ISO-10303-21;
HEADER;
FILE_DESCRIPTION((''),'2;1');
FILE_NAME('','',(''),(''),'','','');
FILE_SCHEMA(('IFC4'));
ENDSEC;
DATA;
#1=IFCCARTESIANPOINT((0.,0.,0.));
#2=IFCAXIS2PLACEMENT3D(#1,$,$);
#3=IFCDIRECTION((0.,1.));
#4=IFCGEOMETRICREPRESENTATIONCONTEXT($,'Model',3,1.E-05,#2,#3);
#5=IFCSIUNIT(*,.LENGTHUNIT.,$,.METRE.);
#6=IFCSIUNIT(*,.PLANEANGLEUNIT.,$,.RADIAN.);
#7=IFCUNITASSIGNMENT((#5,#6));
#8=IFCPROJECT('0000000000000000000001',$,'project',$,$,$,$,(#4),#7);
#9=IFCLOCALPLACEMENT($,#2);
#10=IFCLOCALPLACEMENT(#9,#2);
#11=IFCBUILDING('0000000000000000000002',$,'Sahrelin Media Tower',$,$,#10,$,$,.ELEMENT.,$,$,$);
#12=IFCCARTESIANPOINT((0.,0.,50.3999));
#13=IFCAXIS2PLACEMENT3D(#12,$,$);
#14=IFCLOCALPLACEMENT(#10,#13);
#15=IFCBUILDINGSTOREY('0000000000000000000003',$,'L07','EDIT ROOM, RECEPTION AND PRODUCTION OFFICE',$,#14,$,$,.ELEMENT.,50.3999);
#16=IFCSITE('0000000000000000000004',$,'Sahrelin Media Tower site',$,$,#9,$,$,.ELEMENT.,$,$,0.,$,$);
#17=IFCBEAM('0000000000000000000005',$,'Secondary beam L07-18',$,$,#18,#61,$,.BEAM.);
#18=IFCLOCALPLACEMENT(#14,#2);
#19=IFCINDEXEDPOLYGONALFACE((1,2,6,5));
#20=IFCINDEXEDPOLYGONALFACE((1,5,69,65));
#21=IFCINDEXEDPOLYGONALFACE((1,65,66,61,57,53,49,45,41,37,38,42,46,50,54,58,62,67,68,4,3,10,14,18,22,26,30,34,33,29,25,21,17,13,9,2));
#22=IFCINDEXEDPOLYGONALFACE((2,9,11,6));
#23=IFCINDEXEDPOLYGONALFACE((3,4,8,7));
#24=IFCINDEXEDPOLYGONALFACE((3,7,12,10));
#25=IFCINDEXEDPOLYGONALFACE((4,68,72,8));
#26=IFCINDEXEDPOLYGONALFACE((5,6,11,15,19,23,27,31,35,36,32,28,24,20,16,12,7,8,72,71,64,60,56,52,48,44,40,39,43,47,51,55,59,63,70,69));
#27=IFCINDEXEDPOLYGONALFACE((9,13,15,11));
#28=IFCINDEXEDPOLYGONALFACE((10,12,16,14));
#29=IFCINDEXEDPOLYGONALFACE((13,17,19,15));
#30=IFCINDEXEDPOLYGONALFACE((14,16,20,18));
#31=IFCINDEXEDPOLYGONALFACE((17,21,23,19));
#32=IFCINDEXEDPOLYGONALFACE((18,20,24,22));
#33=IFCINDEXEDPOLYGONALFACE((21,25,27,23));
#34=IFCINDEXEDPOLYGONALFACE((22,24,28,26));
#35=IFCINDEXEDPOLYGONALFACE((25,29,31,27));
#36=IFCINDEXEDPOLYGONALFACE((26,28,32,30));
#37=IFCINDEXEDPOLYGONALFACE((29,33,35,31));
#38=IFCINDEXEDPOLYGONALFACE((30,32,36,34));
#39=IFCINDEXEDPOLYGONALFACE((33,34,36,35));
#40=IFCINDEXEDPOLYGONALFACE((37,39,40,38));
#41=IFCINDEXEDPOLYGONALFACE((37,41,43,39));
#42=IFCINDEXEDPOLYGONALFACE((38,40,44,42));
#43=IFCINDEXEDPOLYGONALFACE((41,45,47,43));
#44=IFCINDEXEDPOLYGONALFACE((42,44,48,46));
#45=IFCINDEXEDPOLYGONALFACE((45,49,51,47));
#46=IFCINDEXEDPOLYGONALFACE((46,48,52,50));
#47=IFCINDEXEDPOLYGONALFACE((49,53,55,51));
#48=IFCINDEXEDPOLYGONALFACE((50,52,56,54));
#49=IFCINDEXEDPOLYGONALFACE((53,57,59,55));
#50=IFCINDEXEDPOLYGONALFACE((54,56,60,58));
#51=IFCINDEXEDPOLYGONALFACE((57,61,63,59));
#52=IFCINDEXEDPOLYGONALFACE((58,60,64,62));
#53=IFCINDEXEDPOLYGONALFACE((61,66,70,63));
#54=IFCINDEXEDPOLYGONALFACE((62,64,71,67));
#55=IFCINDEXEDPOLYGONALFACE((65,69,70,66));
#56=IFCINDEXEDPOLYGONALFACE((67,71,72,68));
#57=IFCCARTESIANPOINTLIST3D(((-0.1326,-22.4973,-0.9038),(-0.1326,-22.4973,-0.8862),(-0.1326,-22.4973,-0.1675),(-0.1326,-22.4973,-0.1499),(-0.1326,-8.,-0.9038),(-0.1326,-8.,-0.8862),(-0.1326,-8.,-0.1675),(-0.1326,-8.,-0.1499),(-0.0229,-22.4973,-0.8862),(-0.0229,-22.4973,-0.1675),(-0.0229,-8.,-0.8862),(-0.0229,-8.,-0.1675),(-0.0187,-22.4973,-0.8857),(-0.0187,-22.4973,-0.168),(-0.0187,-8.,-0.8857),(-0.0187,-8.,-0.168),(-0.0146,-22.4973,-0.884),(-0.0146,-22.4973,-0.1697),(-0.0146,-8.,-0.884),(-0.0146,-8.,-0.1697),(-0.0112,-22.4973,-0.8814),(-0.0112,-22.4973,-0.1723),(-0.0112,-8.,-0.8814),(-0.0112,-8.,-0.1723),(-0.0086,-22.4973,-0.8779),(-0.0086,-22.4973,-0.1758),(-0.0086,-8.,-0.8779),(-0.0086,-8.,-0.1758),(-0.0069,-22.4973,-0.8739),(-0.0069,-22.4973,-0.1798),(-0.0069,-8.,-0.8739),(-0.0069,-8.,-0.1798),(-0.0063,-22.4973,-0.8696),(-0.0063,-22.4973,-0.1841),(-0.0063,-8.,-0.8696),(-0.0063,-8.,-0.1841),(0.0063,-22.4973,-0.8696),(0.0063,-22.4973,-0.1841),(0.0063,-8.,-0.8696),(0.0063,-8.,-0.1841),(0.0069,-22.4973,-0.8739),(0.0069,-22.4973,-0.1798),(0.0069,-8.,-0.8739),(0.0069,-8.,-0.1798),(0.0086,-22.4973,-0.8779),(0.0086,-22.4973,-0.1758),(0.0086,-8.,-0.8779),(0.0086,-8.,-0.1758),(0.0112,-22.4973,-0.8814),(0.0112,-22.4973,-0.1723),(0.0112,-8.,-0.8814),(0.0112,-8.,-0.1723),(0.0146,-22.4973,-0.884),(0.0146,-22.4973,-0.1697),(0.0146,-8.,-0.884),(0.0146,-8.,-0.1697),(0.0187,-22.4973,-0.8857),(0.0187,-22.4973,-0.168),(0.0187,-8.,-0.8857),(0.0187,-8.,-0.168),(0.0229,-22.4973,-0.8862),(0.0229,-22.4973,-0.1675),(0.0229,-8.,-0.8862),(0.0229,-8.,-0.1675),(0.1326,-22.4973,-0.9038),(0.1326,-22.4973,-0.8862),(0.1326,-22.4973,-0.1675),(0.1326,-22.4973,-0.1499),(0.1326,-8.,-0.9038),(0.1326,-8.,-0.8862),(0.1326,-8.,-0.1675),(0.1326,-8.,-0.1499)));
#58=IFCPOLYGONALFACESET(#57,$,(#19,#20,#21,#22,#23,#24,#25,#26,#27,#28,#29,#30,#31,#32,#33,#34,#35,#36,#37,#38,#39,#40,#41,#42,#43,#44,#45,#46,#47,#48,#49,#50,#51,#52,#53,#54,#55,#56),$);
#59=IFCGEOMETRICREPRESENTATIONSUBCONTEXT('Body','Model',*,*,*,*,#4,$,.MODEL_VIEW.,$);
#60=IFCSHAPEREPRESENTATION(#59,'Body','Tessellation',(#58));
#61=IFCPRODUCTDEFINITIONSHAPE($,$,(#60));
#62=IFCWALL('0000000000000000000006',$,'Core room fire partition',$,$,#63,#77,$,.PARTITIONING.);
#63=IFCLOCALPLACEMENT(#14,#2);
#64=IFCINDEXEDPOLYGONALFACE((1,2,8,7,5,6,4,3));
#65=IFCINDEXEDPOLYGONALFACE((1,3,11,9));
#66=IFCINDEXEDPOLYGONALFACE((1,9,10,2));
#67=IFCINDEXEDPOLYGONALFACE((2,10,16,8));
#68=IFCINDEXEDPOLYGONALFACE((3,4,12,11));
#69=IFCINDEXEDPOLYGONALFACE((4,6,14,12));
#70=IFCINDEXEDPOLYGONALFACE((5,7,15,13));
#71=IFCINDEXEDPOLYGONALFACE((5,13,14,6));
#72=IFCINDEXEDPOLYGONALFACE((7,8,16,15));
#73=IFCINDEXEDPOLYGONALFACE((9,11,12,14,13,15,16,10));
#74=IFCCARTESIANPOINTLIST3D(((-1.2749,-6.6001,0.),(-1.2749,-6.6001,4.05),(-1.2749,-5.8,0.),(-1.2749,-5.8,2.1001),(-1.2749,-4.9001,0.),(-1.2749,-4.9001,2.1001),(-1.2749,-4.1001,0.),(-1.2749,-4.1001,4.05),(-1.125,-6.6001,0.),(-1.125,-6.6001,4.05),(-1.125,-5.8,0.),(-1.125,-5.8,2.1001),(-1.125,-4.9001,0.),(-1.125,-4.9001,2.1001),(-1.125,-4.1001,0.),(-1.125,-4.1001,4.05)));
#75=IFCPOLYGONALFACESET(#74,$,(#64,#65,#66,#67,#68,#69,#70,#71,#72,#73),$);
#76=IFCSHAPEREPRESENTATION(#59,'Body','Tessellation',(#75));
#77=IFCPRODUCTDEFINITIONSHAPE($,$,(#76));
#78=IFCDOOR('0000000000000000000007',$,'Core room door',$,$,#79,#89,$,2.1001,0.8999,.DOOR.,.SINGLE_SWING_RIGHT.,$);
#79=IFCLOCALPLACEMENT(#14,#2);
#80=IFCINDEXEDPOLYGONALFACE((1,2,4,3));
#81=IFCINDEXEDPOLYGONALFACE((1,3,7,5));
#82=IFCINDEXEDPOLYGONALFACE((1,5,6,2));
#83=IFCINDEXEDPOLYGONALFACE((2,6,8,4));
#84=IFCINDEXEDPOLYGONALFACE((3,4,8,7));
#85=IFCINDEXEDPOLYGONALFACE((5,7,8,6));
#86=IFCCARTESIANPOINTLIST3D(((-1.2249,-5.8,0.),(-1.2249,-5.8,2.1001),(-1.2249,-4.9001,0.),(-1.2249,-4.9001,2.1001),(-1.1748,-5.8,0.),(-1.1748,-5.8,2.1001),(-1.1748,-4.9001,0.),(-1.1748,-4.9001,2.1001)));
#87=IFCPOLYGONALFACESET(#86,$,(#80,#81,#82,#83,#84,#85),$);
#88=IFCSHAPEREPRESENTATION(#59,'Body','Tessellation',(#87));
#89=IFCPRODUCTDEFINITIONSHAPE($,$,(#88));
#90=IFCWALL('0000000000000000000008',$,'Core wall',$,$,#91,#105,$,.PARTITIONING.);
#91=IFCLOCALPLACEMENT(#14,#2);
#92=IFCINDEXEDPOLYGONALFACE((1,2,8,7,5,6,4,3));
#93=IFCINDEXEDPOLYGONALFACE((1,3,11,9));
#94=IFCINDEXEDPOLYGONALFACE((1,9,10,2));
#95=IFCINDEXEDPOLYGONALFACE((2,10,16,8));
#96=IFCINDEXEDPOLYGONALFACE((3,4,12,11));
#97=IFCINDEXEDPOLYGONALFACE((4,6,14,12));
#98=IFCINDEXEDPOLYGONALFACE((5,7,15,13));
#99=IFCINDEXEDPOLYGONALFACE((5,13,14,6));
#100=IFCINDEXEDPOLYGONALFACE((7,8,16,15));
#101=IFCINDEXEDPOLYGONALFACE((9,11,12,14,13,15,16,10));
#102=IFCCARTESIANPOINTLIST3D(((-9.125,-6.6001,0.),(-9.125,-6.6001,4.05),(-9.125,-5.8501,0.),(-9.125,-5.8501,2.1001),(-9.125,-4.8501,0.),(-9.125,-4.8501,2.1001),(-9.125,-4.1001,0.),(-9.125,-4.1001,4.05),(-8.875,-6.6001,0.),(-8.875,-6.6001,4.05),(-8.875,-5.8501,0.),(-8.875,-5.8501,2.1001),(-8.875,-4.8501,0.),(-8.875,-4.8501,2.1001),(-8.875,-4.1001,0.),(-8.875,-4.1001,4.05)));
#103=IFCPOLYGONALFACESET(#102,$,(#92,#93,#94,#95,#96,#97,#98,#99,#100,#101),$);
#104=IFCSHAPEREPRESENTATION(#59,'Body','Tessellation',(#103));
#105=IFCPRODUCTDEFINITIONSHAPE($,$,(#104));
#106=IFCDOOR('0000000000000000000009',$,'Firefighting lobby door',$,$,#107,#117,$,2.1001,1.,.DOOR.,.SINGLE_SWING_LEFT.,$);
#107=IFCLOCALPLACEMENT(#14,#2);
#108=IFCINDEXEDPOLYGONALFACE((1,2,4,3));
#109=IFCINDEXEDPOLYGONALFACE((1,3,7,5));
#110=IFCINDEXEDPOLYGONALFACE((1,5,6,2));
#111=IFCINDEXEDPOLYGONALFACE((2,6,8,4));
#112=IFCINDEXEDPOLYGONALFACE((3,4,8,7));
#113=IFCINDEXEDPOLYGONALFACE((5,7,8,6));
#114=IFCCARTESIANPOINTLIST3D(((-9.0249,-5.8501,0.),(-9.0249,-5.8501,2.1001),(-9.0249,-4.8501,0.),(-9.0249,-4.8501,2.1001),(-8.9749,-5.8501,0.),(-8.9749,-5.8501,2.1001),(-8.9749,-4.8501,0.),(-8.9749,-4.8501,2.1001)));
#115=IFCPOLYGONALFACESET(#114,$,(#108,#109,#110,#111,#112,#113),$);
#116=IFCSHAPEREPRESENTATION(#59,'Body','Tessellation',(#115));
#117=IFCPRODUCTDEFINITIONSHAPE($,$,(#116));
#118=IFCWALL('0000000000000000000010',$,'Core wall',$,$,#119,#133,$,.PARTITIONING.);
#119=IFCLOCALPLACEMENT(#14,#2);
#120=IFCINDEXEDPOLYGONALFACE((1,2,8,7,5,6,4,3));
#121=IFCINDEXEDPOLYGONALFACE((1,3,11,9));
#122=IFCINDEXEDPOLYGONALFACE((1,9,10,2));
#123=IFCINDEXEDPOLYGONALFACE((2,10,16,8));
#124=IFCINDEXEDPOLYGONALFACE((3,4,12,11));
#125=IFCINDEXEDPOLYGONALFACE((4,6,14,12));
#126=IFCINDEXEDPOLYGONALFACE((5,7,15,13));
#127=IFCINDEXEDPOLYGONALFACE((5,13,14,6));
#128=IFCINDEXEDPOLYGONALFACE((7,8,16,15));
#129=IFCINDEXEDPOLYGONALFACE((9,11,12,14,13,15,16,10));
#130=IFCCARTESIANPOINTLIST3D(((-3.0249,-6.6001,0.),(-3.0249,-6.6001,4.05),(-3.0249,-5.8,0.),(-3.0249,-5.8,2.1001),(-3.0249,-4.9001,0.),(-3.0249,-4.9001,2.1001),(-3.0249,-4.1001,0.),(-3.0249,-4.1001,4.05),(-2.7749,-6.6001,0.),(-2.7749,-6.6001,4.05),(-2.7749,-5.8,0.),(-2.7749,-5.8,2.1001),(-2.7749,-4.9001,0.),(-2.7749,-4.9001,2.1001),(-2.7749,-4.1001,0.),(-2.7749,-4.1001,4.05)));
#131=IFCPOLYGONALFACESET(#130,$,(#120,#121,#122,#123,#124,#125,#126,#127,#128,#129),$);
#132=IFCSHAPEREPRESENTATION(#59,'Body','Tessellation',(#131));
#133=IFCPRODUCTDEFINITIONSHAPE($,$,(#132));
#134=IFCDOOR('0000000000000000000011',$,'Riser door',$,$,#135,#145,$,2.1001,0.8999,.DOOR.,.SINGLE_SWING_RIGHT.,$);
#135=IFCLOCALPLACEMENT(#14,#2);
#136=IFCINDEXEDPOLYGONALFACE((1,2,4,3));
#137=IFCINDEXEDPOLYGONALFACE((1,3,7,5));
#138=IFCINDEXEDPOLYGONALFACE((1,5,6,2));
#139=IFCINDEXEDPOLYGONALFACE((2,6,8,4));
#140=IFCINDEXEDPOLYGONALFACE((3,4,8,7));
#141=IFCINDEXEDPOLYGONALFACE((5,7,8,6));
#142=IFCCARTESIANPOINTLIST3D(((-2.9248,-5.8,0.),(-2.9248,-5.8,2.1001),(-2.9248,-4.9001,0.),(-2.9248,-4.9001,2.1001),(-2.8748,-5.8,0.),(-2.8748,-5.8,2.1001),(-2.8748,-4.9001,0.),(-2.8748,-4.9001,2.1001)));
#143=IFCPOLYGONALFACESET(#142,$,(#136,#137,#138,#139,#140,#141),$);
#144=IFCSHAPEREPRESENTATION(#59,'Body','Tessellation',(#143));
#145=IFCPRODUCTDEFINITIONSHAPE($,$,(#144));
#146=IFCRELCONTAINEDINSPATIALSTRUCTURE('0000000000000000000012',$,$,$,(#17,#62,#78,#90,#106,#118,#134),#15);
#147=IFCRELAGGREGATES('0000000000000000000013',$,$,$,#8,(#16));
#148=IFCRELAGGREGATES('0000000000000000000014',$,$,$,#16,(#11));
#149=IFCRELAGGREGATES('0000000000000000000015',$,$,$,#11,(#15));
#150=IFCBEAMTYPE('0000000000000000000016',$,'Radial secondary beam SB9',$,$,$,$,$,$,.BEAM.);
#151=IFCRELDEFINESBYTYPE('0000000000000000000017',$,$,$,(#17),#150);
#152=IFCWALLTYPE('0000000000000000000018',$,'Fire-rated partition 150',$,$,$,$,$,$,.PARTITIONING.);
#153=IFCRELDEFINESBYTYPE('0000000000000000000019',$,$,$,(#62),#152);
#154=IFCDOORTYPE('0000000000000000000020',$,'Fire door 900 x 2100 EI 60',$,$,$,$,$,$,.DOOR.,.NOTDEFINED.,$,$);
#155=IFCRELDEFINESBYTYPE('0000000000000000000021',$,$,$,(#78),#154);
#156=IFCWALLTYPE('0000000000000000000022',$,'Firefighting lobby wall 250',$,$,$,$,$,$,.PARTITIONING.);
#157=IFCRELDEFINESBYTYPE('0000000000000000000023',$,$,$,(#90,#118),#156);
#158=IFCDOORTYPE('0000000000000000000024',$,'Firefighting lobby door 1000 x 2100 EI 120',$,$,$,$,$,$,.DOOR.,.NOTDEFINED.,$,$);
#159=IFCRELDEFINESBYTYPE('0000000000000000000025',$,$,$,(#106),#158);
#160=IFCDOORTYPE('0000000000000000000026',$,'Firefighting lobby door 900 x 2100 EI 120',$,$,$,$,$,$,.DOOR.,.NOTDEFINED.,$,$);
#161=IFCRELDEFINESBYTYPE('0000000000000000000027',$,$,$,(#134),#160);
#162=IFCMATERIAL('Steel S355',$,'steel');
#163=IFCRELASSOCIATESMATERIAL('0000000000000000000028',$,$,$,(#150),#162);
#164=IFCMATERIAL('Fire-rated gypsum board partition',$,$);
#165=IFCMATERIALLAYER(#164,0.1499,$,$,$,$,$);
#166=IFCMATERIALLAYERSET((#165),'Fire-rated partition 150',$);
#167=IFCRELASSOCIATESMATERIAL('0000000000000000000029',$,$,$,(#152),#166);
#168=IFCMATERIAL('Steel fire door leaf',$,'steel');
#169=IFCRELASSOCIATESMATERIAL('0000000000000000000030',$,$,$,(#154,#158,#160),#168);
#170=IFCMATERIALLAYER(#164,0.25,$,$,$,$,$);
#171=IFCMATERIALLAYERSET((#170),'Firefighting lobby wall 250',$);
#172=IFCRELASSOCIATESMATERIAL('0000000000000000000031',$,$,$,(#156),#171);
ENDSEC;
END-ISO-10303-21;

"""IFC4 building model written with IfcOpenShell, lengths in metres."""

from ifc_helpers import new_model, si_unit, direction, frame, frame_2d, origin, origin_2d, place, context, subcontext, project, spatial, rectangle, i_section, extrude, material, layer, layer_set, material_profile, profile_set, type_object, element, fill, save


model = new_model("IFC4")

# Units and contexts
model_context = context("Model", 3, precision=1e-05, world=origin(), true_north=direction((0.0, 1.0)))
body_context = subcontext(model_context, "Body", "Model", "MODEL_VIEW")
ifc_project = project(units=[si_unit("LENGTHUNIT", "METRE"), si_unit("PLANEANGLEUNIT", "RADIAN")], contexts=[model_context])

# Site, building, storey
site_placement = place(None, origin())
site = spatial("IfcSite", under=ifc_project, at=site_placement, Name="Sahrelin Media Tower site", CompositionType="ELEMENT", RefElevation=0.0)
building_placement = place(site_placement, origin())
building = spatial("IfcBuilding", under=site, at=building_placement, Name="Sahrelin Media Tower", CompositionType="ELEMENT")
storey_placement = place(building_placement, frame((0.0, 0.0, 50.3999)))
storey = spatial("IfcBuildingStorey", under=building, at=storey_placement, Name="L07", Description="EDIT ROOM, RECEPTION AND PRODUCTION OFFICE", CompositionType="ELEMENT", Elevation=50.3999)

# Beam
ifc_material_1 = material(Name="Steel S355", Category="steel")
ifc_material_profile_1 = material_profile(ifc_material_1, i_section(OverallWidth=0.2651, OverallDepth=0.7539, WebThickness=0.0127, FlangeThickness=0.0176, FilletRadius=0.0166, at=origin_2d()), Name="UB 762x267x147")
ifc_profile_set_1 = profile_set([ifc_material_profile_1], Name="Steel S355")
beam_type_1 = type_object("IfcBeamType", Name="Radial secondary beam SB9", PredefinedType="BEAM", material=ifc_profile_set_1)
beam_1_placement = place(storey_placement, frame((0.0, -8.0, -0.5269), z_axis=(0.0, -1.0, 0.0), x_axis=(1.0, 0.0, 0.0)))
element("IfcBeam", 1, at=beam_1_placement, inside=storey, type_object=beam_type_1, Name="Secondary beam L07-18", PredefinedType="BEAM", context=body_context, shape_type="SweptSolid", body=[
    extrude(i_section(OverallWidth=0.2651, OverallDepth=0.7539, WebThickness=0.0127, FlangeThickness=0.0176, FilletRadius=0.0166, at=origin_2d()), origin(), (0.0, 0.0, 1.0), 14.4973),
])

# Walls, openings, doors
ifc_material_2 = material(Name="Fire-rated gypsum board partition")
ifc_layer_1 = layer(ifc_material_2, 0.1499)
ifc_layer_set_1 = layer_set([ifc_layer_1], Name="Fire-rated partition 150")
wall_type_1 = type_object("IfcWallType", Name="Fire-rated partition 150", PredefinedType="PARTITIONING", material=ifc_layer_set_1)
wall_1_placement = place(storey_placement, frame((-1.2, -6.6001, 0.0), z_axis=(0.0, 0.0, 1.0), x_axis=(0.0, 1.0, 0.0)))
wall_1 = element("IfcWall", 2, at=wall_1_placement, inside=storey, type_object=wall_type_1, Name="Core room fire partition", PredefinedType="PARTITIONING", context=body_context, shape_type="SweptSolid", body=[
    extrude(rectangle(XDim=2.5, YDim=0.1499, at=frame_2d((1.25, 0.0))), origin(), (0.0, 0.0, 1.0), 4.05),
])
opening_1_placement = place(wall_1_placement, frame((0.8, 0.0, 0.0)))
opening_1 = element("IfcOpeningElement", 3, at=opening_1_placement, cuts=wall_1, PredefinedType="OPENING", context=body_context, shape_type="SweptSolid", body=[
    extrude(rectangle(XDim=0.8999, YDim=2.1001, at=frame_2d((0.45, 1.05))), frame((0.0, 0.075, 0.0), z_axis=(0.0, -1.0, 0.0), x_axis=(1.0, 0.0, 0.0)), (0.0, 0.0, 1.0), 0.1499),
])
ifc_material_3 = material(Name="Steel fire door leaf", Category="steel")
door_type_1 = type_object("IfcDoorType", Name="Fire door 900 x 2100 EI 60", OperationType="NOTDEFINED", PredefinedType="DOOR", material=ifc_material_3)
door_1_placement = place(opening_1_placement, origin())
door_1 = element("IfcDoor", 4, at=door_1_placement, inside=storey, type_object=door_type_1, Name="Core room door", OperationType="SINGLE_SWING_RIGHT", OverallHeight=2.1001, OverallWidth=0.8999, PredefinedType="DOOR", context=body_context, shape_type="SweptSolid", body=[
    extrude(rectangle(XDim=0.8999, YDim=2.1001, at=frame_2d((0.45, 1.05))), frame((0.0, 0.0249, 0.0), z_axis=(0.0, -1.0, 0.0), x_axis=(1.0, 0.0, 0.0)), (0.0, 0.0, 1.0), 0.05),
])
fill(opening_1, door_1)
ifc_layer_2 = layer(ifc_material_2, 0.25)
ifc_layer_set_2 = layer_set([ifc_layer_2], Name="Firefighting lobby wall 250")
wall_type_2 = type_object("IfcWallType", Name="Firefighting lobby wall 250", PredefinedType="PARTITIONING", material=ifc_layer_set_2)
wall_2_placement = place(storey_placement, frame((-9.0, -6.6001, 0.0), z_axis=(0.0, 0.0, 1.0), x_axis=(0.0, 1.0, 0.0)))
wall_2 = element("IfcWall", 5, at=wall_2_placement, inside=storey, type_object=wall_type_2, Name="Core wall", PredefinedType="PARTITIONING", context=body_context, shape_type="SweptSolid", body=[
    extrude(rectangle(XDim=2.5, YDim=0.25, at=frame_2d((1.25, 0.0))), origin(), (0.0, 0.0, 1.0), 4.05),
])
opening_2_placement = place(wall_2_placement, frame((0.75, 0.0, 0.0)))
opening_2 = element("IfcOpeningElement", 6, at=opening_2_placement, cuts=wall_2, PredefinedType="OPENING", context=body_context, shape_type="SweptSolid", body=[
    extrude(rectangle(XDim=1.0, YDim=2.1001, at=frame_2d((0.5, 1.05))), frame((0.0, 0.125, 0.0), z_axis=(0.0, -1.0, 0.0), x_axis=(1.0, 0.0, 0.0)), (0.0, 0.0, 1.0), 0.25),
])
door_type_2 = type_object("IfcDoorType", Name="Firefighting lobby door 1000 x 2100 EI 120", OperationType="NOTDEFINED", PredefinedType="DOOR", material=ifc_material_3)
door_2_placement = place(opening_2_placement, origin())
door_2 = element("IfcDoor", 7, at=door_2_placement, inside=storey, type_object=door_type_2, Name="Firefighting lobby door", OperationType="SINGLE_SWING_LEFT", OverallHeight=2.1001, OverallWidth=1.0, PredefinedType="DOOR", context=body_context, shape_type="SweptSolid", body=[
    extrude(rectangle(XDim=1.0, YDim=2.1001, at=frame_2d((0.5, 1.05))), frame((0.0, 0.0249, 0.0), z_axis=(0.0, -1.0, 0.0), x_axis=(1.0, 0.0, 0.0)), (0.0, 0.0, 1.0), 0.05),
])
fill(opening_2, door_2)
wall_3_placement = place(storey_placement, frame((-2.8999, -6.6001, 0.0), z_axis=(0.0, 0.0, 1.0), x_axis=(0.0, 1.0, 0.0)))
wall_3 = element("IfcWall", 8, at=wall_3_placement, inside=storey, type_object=wall_type_2, Name="Core wall", PredefinedType="PARTITIONING", context=body_context, shape_type="SweptSolid", body=[
    extrude(rectangle(XDim=2.5, YDim=0.25, at=frame_2d((1.25, 0.0))), origin(), (0.0, 0.0, 1.0), 4.05),
])
opening_3_placement = place(wall_3_placement, frame((0.8, 0.0, 0.0)))
opening_3 = element("IfcOpeningElement", 9, at=opening_3_placement, cuts=wall_3, PredefinedType="OPENING", context=body_context, shape_type="SweptSolid", body=[
    extrude(rectangle(XDim=0.8999, YDim=2.1001, at=frame_2d((0.45, 1.05))), frame((0.0, 0.125, 0.0), z_axis=(0.0, -1.0, 0.0), x_axis=(1.0, 0.0, 0.0)), (0.0, 0.0, 1.0), 0.25),
])
door_type_3 = type_object("IfcDoorType", Name="Firefighting lobby door 900 x 2100 EI 120", OperationType="NOTDEFINED", PredefinedType="DOOR", material=ifc_material_3)
door_3_placement = place(opening_3_placement, origin())
door_3 = element("IfcDoor", 10, at=door_3_placement, inside=storey, type_object=door_type_3, Name="Riser door", OperationType="SINGLE_SWING_RIGHT", OverallHeight=2.1001, OverallWidth=0.8999, PredefinedType="DOOR", context=body_context, shape_type="SweptSolid", body=[
    extrude(rectangle(XDim=0.8999, YDim=2.1001, at=frame_2d((0.45, 1.05))), frame((0.0, 0.0249, 0.0), z_axis=(0.0, -1.0, 0.0), x_axis=(1.0, 0.0, 0.0)), (0.0, 0.0, 1.0), 0.05),
])
fill(opening_3, door_3)

save(model, "model.ifc")
